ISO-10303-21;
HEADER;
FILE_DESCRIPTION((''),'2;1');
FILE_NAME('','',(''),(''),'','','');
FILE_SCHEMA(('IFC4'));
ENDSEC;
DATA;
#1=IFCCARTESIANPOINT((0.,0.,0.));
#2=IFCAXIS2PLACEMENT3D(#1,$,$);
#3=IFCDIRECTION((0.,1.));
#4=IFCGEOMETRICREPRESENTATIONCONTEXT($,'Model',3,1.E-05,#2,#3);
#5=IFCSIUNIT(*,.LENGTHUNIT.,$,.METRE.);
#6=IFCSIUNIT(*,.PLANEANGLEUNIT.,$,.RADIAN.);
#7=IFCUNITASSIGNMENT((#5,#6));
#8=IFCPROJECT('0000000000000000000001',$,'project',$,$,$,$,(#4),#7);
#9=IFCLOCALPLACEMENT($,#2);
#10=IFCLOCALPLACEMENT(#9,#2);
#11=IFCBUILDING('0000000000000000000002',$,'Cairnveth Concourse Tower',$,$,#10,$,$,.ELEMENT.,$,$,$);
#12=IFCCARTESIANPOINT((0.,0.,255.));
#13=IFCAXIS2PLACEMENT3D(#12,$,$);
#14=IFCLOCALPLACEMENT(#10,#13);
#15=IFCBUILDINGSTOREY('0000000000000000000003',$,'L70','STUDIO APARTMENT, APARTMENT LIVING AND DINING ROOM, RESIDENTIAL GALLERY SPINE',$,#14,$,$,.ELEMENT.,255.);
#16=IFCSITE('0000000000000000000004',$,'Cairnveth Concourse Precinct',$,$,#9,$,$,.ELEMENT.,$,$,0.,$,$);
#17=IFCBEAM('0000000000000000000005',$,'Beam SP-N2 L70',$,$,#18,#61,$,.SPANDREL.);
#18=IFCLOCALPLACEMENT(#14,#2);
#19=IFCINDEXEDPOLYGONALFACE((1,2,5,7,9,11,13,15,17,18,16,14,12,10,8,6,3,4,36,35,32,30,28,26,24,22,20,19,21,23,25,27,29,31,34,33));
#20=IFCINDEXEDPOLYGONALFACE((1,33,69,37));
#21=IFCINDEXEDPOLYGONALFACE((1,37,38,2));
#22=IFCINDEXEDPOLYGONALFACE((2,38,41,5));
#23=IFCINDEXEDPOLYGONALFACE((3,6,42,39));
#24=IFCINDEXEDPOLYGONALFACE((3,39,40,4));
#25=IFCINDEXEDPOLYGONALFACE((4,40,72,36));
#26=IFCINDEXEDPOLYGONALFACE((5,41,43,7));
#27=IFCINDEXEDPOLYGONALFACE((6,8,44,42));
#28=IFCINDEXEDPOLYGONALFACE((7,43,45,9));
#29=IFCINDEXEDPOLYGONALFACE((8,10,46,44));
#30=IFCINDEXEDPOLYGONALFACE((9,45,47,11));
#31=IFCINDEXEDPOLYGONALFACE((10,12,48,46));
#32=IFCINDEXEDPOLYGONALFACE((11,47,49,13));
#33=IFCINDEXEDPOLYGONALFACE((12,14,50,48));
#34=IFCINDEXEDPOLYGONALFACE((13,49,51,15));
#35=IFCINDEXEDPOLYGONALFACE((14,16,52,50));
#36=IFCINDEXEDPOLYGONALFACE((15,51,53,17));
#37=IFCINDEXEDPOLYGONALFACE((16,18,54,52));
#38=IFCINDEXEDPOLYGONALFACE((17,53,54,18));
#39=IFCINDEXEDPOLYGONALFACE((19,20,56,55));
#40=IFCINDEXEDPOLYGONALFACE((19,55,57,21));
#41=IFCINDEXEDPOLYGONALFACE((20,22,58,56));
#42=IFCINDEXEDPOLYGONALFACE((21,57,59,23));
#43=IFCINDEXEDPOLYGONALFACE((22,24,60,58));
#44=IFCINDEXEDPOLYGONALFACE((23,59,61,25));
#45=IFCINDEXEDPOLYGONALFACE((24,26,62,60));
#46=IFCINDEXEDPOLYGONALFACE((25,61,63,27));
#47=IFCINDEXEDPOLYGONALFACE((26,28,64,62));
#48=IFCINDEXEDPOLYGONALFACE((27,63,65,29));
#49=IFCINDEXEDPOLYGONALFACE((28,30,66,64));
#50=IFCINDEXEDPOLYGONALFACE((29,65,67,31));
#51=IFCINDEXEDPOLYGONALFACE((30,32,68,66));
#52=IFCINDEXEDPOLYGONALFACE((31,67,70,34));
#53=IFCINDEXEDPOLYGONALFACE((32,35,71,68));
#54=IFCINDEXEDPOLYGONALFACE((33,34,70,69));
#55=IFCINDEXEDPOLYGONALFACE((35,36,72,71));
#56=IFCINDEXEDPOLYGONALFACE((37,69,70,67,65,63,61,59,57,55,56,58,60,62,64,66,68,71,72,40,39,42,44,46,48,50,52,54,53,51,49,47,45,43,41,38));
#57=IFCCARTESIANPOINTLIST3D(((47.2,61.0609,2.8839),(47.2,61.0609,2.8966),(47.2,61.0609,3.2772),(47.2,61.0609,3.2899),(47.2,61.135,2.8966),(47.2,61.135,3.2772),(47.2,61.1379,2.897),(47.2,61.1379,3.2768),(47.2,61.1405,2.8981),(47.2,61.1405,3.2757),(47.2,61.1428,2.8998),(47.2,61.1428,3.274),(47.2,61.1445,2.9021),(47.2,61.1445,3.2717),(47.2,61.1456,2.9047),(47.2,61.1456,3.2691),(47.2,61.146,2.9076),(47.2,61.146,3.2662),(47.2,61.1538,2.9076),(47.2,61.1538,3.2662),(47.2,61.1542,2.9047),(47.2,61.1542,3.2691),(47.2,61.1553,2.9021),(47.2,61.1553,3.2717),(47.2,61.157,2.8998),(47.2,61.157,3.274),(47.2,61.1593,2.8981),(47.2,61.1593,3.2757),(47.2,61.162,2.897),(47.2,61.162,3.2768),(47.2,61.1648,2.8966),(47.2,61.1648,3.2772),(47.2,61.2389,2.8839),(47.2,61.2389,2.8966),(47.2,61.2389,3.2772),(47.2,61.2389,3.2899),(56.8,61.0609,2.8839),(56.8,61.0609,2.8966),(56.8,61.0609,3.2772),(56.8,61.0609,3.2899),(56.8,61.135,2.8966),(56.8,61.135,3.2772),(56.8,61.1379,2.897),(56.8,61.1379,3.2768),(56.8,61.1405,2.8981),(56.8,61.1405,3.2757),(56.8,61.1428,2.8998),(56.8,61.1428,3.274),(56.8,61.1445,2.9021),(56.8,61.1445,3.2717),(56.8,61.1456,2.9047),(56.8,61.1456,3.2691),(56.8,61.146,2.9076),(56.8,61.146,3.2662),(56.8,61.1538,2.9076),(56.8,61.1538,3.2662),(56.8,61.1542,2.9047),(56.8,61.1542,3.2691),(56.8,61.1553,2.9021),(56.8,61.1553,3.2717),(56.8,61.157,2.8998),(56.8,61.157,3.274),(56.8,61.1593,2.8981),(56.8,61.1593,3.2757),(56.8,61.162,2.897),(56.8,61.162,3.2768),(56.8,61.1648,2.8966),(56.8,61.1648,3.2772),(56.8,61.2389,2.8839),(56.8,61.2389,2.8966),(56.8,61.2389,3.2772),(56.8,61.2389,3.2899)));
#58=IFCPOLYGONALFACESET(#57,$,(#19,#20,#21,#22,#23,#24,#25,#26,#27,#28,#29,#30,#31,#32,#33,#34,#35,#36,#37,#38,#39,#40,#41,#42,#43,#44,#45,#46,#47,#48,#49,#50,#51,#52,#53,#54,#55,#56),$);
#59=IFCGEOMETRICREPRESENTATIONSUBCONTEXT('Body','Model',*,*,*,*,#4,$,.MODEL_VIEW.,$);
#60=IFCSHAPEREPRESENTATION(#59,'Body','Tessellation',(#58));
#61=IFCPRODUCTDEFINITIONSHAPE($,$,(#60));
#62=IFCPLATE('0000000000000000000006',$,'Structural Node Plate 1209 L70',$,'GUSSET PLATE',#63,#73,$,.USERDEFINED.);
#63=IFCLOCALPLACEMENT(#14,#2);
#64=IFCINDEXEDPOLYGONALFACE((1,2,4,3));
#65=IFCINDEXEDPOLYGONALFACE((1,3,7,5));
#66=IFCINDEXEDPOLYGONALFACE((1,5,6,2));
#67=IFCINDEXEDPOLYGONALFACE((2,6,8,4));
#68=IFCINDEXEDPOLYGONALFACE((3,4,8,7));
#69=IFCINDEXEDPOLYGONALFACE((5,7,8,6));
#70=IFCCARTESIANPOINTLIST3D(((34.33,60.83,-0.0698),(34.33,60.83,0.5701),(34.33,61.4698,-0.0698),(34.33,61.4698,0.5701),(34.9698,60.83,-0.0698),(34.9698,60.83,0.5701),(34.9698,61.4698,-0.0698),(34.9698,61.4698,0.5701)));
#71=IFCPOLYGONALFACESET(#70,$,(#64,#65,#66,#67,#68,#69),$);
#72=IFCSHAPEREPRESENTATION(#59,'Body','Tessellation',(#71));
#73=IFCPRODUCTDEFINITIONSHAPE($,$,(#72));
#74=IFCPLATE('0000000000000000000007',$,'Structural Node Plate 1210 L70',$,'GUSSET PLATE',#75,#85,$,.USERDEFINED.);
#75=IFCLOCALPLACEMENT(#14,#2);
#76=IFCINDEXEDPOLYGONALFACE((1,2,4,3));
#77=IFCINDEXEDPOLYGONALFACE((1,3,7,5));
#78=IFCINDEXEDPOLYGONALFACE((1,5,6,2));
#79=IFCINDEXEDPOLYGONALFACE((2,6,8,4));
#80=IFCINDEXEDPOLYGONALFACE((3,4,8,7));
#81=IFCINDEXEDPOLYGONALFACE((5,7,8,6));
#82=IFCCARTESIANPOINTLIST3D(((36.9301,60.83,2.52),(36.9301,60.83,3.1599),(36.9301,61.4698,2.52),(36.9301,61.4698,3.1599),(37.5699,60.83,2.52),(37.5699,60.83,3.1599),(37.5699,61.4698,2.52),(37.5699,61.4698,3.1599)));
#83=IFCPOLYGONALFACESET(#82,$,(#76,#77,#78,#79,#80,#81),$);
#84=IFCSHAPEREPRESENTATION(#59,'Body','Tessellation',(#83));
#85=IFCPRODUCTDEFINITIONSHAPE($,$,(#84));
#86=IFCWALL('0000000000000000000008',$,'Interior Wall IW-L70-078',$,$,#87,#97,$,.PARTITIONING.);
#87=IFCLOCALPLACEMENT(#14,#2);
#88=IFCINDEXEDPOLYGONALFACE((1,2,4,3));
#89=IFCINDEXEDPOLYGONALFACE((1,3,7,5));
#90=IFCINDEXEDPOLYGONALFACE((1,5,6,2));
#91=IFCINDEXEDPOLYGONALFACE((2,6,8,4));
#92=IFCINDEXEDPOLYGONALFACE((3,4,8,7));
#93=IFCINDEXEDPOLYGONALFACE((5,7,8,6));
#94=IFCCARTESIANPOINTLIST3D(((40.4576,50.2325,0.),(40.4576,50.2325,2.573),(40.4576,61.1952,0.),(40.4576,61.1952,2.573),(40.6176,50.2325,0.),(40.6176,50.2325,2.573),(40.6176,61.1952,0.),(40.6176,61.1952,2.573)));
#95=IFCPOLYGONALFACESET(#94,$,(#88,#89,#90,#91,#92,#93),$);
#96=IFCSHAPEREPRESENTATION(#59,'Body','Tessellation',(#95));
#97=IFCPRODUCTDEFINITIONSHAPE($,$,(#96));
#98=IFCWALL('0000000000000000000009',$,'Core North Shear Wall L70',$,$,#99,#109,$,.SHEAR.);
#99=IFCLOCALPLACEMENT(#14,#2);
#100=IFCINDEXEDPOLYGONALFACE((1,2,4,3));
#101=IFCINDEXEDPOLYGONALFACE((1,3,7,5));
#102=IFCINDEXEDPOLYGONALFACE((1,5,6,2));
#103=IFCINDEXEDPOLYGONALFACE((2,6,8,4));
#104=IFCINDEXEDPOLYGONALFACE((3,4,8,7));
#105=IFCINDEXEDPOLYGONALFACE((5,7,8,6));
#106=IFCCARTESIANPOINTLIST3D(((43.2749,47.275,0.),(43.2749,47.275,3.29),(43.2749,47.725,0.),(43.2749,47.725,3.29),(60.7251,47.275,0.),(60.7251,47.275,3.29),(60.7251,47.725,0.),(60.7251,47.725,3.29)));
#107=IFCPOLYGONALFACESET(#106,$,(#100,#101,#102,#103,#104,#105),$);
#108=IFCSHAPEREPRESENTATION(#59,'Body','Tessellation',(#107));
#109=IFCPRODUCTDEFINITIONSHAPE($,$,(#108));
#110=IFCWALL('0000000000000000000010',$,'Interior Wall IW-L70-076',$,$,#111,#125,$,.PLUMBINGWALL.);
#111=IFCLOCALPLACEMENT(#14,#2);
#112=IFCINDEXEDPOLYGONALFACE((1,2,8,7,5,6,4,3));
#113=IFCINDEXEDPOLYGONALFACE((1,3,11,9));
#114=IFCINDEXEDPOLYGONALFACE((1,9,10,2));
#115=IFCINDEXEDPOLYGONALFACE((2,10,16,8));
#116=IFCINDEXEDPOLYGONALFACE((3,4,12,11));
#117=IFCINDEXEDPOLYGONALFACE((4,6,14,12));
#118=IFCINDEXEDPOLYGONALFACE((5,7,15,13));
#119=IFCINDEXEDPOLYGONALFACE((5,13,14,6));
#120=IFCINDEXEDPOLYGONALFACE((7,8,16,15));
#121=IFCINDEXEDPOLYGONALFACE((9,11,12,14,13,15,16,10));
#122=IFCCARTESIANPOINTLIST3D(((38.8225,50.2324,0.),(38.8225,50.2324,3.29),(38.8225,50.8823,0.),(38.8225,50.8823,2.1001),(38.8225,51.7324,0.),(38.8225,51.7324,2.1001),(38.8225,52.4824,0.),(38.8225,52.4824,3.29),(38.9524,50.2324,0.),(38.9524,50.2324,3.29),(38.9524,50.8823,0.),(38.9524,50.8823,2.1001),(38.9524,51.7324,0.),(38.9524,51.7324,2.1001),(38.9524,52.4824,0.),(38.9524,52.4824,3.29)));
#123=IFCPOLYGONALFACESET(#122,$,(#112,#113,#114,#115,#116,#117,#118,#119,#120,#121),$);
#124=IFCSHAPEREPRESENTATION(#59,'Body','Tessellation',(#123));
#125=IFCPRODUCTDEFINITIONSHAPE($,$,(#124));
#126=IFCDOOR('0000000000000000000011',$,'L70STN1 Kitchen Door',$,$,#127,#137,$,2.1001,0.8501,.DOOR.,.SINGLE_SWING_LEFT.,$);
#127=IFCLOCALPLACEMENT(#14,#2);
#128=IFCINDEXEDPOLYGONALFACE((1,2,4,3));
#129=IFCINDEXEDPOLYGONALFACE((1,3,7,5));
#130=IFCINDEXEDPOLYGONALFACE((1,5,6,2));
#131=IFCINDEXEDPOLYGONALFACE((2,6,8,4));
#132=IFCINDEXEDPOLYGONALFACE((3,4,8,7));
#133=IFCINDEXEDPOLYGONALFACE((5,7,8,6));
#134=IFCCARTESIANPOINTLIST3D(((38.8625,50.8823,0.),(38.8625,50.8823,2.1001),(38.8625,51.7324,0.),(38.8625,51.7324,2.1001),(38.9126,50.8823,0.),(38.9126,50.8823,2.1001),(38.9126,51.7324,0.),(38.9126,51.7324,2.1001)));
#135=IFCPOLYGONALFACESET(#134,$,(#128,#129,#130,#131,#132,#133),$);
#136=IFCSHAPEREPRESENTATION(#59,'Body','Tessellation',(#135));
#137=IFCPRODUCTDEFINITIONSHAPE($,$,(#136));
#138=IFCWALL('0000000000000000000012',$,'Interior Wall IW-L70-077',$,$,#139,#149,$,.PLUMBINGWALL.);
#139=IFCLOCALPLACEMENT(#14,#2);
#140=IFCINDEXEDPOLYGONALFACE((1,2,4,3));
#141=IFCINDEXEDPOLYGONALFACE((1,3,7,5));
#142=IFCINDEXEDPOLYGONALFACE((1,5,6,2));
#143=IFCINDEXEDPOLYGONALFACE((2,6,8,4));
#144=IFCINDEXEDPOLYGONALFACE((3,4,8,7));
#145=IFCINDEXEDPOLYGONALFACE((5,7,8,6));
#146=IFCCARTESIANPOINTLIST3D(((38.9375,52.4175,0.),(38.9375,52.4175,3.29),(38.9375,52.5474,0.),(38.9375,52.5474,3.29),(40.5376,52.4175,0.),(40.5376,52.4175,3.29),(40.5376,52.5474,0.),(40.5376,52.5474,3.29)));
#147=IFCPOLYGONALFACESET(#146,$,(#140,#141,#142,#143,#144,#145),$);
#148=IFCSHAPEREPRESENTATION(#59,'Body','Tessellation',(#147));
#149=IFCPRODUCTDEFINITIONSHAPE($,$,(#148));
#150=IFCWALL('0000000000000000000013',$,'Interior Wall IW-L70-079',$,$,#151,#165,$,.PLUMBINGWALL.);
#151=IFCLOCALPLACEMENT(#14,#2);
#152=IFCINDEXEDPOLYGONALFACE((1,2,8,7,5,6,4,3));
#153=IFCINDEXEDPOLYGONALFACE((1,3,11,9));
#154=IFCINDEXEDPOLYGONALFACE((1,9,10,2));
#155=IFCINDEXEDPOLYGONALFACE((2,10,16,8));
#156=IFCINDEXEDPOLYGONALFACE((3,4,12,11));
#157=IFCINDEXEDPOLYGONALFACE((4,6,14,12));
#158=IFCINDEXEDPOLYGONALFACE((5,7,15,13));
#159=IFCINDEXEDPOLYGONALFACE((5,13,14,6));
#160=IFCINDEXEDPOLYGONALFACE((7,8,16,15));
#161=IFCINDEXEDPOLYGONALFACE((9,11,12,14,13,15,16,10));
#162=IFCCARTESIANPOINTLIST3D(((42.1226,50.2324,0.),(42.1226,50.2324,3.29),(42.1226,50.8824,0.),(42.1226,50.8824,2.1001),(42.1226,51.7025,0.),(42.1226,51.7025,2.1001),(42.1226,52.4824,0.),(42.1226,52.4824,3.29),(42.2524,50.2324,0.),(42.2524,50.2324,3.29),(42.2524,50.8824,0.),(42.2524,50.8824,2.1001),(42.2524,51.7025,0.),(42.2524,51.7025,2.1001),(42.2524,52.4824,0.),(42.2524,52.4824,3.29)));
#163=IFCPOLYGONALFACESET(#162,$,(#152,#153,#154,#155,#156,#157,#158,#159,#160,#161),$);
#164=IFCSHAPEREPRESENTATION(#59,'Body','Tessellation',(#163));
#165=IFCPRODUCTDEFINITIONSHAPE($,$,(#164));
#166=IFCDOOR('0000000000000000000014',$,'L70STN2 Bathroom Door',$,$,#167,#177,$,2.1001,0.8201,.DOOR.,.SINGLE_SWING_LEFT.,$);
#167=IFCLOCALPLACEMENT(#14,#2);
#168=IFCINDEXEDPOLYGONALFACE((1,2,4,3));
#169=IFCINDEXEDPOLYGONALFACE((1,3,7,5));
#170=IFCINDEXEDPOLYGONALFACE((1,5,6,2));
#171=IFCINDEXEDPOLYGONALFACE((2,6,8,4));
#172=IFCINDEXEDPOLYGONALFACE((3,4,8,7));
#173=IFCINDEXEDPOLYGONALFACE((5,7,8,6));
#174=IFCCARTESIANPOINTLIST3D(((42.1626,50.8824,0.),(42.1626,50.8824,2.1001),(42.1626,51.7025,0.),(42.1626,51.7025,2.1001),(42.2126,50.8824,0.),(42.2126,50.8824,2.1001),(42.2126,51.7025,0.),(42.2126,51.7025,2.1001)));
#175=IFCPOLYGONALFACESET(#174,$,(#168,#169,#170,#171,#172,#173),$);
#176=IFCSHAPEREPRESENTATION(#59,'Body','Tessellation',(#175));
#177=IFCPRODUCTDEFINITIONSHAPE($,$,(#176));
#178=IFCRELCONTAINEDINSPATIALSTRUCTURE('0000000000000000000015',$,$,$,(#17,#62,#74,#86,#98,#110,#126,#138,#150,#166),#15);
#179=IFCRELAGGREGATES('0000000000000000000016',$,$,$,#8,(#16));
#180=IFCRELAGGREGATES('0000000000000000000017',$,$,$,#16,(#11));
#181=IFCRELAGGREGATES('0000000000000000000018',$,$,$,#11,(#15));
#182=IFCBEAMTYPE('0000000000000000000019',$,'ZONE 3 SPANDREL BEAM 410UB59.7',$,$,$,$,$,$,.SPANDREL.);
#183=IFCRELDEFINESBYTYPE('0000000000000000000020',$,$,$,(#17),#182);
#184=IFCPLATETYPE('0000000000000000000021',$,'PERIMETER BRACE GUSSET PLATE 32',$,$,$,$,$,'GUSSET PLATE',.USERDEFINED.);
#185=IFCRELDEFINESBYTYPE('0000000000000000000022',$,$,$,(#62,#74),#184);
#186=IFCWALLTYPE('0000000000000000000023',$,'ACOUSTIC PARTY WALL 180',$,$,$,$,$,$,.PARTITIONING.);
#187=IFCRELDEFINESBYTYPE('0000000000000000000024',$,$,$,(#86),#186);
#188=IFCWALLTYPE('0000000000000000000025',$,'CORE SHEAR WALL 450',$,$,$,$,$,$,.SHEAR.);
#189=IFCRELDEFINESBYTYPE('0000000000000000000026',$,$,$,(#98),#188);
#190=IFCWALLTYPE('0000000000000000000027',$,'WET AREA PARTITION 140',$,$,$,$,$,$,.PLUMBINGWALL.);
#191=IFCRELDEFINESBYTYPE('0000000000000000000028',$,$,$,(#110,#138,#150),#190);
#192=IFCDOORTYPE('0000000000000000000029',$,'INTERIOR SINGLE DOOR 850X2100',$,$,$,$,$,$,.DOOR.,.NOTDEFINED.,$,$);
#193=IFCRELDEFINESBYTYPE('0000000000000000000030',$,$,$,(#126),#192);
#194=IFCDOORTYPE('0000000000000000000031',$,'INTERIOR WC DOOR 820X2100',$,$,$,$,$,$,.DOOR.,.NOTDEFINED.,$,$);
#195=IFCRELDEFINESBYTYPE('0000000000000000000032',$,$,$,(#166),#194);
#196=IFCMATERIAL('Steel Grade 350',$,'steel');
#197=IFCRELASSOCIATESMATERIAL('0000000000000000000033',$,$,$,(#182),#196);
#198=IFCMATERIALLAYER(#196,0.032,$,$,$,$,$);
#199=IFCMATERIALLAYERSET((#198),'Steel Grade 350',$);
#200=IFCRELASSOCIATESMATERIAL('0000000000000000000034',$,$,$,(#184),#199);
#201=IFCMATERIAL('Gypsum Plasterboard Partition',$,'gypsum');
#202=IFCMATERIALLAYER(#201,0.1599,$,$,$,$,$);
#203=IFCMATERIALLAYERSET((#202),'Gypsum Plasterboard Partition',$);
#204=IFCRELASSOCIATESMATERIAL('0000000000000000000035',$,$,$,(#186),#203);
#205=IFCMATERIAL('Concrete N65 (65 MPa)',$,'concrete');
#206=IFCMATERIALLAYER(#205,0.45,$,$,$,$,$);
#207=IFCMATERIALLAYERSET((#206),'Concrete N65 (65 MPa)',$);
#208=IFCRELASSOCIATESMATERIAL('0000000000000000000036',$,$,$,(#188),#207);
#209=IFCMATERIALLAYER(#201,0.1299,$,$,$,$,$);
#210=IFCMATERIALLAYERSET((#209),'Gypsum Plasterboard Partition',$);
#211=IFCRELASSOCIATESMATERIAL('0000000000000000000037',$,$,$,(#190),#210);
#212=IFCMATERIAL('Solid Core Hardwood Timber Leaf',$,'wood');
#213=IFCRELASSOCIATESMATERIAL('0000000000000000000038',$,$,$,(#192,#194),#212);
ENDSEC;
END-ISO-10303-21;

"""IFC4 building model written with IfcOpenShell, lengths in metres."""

from ifc_helpers import new_model, si_unit, direction, frame, frame_2d, origin, origin_2d, place, context, subcontext, project, spatial, rectangle, i_section, extrude, material, layer, layer_set, material_profile, profile_set, type_object, element, fill, save


model = new_model("IFC4")

# Units and contexts
model_context = context("Model", 3, precision=1e-05, world=origin(), true_north=direction((0.0, 1.0)))
body_context = subcontext(model_context, "Body", "Model", "MODEL_VIEW")
ifc_project = project(units=[si_unit("LENGTHUNIT", "METRE"), si_unit("PLANEANGLEUNIT", "RADIAN")], contexts=[model_context])

# Site, building, storey
site_placement = place(None, origin())
site = spatial("IfcSite", under=ifc_project, at=site_placement, Name="Cairnveth Concourse Precinct", CompositionType="ELEMENT", RefElevation=0.0)
building_placement = place(site_placement, origin())
building = spatial("IfcBuilding", under=site, at=building_placement, Name="Cairnveth Concourse Tower", CompositionType="ELEMENT")
storey_placement = place(building_placement, frame((0.0, 0.0, 255.0)))
storey = spatial("IfcBuildingStorey", under=building, at=storey_placement, Name="L70", Description="STUDIO APARTMENT, APARTMENT LIVING AND DINING ROOM, RESIDENTIAL GALLERY SPINE", CompositionType="ELEMENT", Elevation=255.0)

# Shared definitions
ifc_material_1 = material(Name="Concrete N65 (65 MPa)", Category="concrete")

# Shared definitions
ifc_material_2 = material(Name="Steel Grade 350", Category="steel")

# Beam
ifc_material_profile_1 = material_profile(ifc_material_2, i_section(OverallWidth=0.178, OverallDepth=0.406, WebThickness=0.0078, FlangeThickness=0.0127, FilletRadius=0.011, at=origin_2d()), Name="410UB59.7")
ifc_profile_set_1 = profile_set([ifc_material_profile_1], Name="Steel Grade 350")
beam_type_1 = type_object("IfcBeamType", Name="ZONE 3 SPANDREL BEAM 410UB59.7", PredefinedType="SPANDREL", material=ifc_profile_set_1)
beam_1_placement = place(storey_placement, frame((47.2, 61.1499, 3.0869), z_axis=(1.0, 0.0, 0.0), x_axis=(0.0, 1.0, 0.0)))
element("IfcBeam", 1, at=beam_1_placement, inside=storey, type_object=beam_type_1, Name="Beam SP-N2 L70", PredefinedType="SPANDREL", context=body_context, shape_type="SweptSolid", body=[
    extrude(i_section(OverallWidth=0.178, OverallDepth=0.406, WebThickness=0.0078, FlangeThickness=0.0127, FilletRadius=0.011, at=origin_2d()), origin(), (0.0, 0.0, 1.0), 9.6001),
])

# Plates
ifc_layer_1 = layer(ifc_material_2, 0.032)
ifc_layer_set_1 = layer_set([ifc_layer_1], Name="Steel Grade 350")
plate_type = type_object("IfcPlateType", Name="PERIMETER BRACE GUSSET PLATE 32", ElementType="GUSSET PLATE", PredefinedType="USERDEFINED", material=ifc_layer_set_1)
for number, where, z_axis, x_axis, name in (
    (2, (34.6499, 61.1499, -0.0698), (0.0, 0.0, 1.0), (1.0, 0.0, 0.0), "Structural Node Plate 1209 L70"),
    (3, (37.25, 61.1499, 2.52), (0.0, 0.0, 1.0), (1.0, 0.0, 0.0), "Structural Node Plate 1210 L70"),
):
    element("IfcPlate", number, at=place(storey_placement, frame(where, z_axis=z_axis, x_axis=x_axis)), inside=storey, type_object=plate_type, Name=name, ObjectType="GUSSET PLATE", PredefinedType="USERDEFINED", context=body_context, shape_type="SweptSolid", body=[
        extrude(rectangle(XDim=0.6399, YDim=0.6399, at=origin_2d()), origin(), (0.0, 0.0, 1.0), 0.6399),
    ])

# Walls
ifc_material_3 = material(Name="Gypsum Plasterboard Partition", Category="gypsum")
ifc_layer_2 = layer(ifc_material_3, 0.1599)
ifc_layer_set_2 = layer_set([ifc_layer_2], Name="Gypsum Plasterboard Partition")
wall_type_1 = type_object("IfcWallType", Name="ACOUSTIC PARTY WALL 180", PredefinedType="PARTITIONING", material=ifc_layer_set_2)
wall_1_placement = place(storey_placement, frame((40.5376, 50.2324, 0.0), z_axis=(0.0, 0.0, 1.0), x_axis=(0.0, 1.0, 0.0)))
element("IfcWall", 4, at=wall_1_placement, inside=storey, type_object=wall_type_1, Name="Interior Wall IW-L70-078", PredefinedType="PARTITIONING", context=body_context, shape_type="SweptSolid", body=[
    extrude(rectangle(XDim=10.9626, YDim=0.1599, at=frame_2d((5.4814, 0.0))), origin(), (0.0, 0.0, 1.0), 2.573),
])
ifc_layer_3 = layer(ifc_material_1, 0.45)
ifc_layer_set_3 = layer_set([ifc_layer_3], Name="Concrete N65 (65 MPa)")
wall_type_2 = type_object("IfcWallType", Name="CORE SHEAR WALL 450", PredefinedType="SHEAR", material=ifc_layer_set_3)
wall_2_placement = place(storey_placement, frame((43.2749, 47.5, 0.0), z_axis=(0.0, 0.0, 1.0), x_axis=(1.0, 0.0, 0.0)))
element("IfcWall", 5, at=wall_2_placement, inside=storey, type_object=wall_type_2, Name="Core North Shear Wall L70", PredefinedType="SHEAR", context=body_context, shape_type="SweptSolid", body=[
    extrude(rectangle(XDim=17.4502, YDim=0.45, at=frame_2d((8.7251, 0.0))), origin(), (0.0, 0.0, 1.0), 3.29),
])

# Wall, opening, door
ifc_layer_4 = layer(ifc_material_3, 0.1299)
ifc_layer_set_4 = layer_set([ifc_layer_4], Name="Gypsum Plasterboard Partition")
wall_type_3 = type_object("IfcWallType", Name="WET AREA PARTITION 140", PredefinedType="PLUMBINGWALL", material=ifc_layer_set_4)
wall_3_placement = place(storey_placement, frame((38.8875, 50.2324, 0.0), z_axis=(0.0, 0.0, 1.0), x_axis=(0.0, 1.0, 0.0)))
wall_3 = element("IfcWall", 6, at=wall_3_placement, inside=storey, type_object=wall_type_3, Name="Interior Wall IW-L70-076", PredefinedType="PLUMBINGWALL", context=body_context, shape_type="SweptSolid", body=[
    extrude(rectangle(XDim=2.25, YDim=0.1299, at=frame_2d((1.125, 0.0))), origin(), (0.0, 0.0, 1.0), 3.29),
])
opening_1_placement = place(wall_3_placement, frame((0.6499, 0.0, 0.0)))
opening_1 = element("IfcOpeningElement", 7, at=opening_1_placement, cuts=wall_3, PredefinedType="OPENING", context=body_context, shape_type="SweptSolid", body=[
    extrude(rectangle(XDim=0.8501, YDim=2.1001, at=frame_2d((0.425, 1.05))), frame((0.0, 0.075, 0.0), z_axis=(0.0, -1.0, 0.0), x_axis=(1.0, 0.0, 0.0)), (0.0, 0.0, 1.0), 0.1499),
])
ifc_material_4 = material(Name="Solid Core Hardwood Timber Leaf", Category="wood")
door_type_1 = type_object("IfcDoorType", Name="INTERIOR SINGLE DOOR 850X2100", OperationType="NOTDEFINED", PredefinedType="DOOR", material=ifc_material_4)
door_1_placement = place(opening_1_placement, origin())
door_1 = element("IfcDoor", 8, at=door_1_placement, inside=storey, type_object=door_type_1, Name="L70STN1 Kitchen Door", OperationType="SINGLE_SWING_LEFT", OverallHeight=2.1001, OverallWidth=0.8501, PredefinedType="DOOR", context=body_context, shape_type="SweptSolid", body=[
    extrude(rectangle(XDim=0.8501, YDim=2.1001, at=frame_2d((0.425, 1.05))), frame((0.0, 0.0249, 0.0), z_axis=(0.0, -1.0, 0.0), x_axis=(1.0, 0.0, 0.0)), (0.0, 0.0, 1.0), 0.05),
])
fill(opening_1, door_1)

# Wall
wall_4_placement = place(storey_placement, frame((38.9375, 52.4824, 0.0), z_axis=(0.0, 0.0, 1.0), x_axis=(1.0, 0.0, 0.0)))
element("IfcWall", 9, at=wall_4_placement, inside=storey, type_object=wall_type_3, Name="Interior Wall IW-L70-077", PredefinedType="PLUMBINGWALL", context=body_context, shape_type="SweptSolid", body=[
    extrude(rectangle(XDim=1.6001, YDim=0.1299, at=frame_2d((0.8, 0.0))), origin(), (0.0, 0.0, 1.0), 3.29),
])

# Wall, opening, door
wall_5_placement = place(storey_placement, frame((42.1875, 50.2324, 0.0), z_axis=(0.0, 0.0, 1.0), x_axis=(0.0, 1.0, 0.0)))
wall_5 = element("IfcWall", 10, at=wall_5_placement, inside=storey, type_object=wall_type_3, Name="Interior Wall IW-L70-079", PredefinedType="PLUMBINGWALL", context=body_context, shape_type="SweptSolid", body=[
    extrude(rectangle(XDim=2.25, YDim=0.1299, at=frame_2d((1.125, 0.0))), origin(), (0.0, 0.0, 1.0), 3.29),
])
opening_2_placement = place(wall_5_placement, frame((0.6499, 0.0, 0.0)))
opening_2 = element("IfcOpeningElement", 11, at=opening_2_placement, cuts=wall_5, PredefinedType="OPENING", context=body_context, shape_type="SweptSolid", body=[
    extrude(rectangle(XDim=0.8201, YDim=2.1001, at=frame_2d((0.4102, 1.05))), frame((0.0, 0.075, 0.0), z_axis=(0.0, -1.0, 0.0), x_axis=(1.0, 0.0, 0.0)), (0.0, 0.0, 1.0), 0.1499),
])
door_type_2 = type_object("IfcDoorType", Name="INTERIOR WC DOOR 820X2100", OperationType="NOTDEFINED", PredefinedType="DOOR", material=ifc_material_4)
door_2_placement = place(opening_2_placement, origin())
door_2 = element("IfcDoor", 12, at=door_2_placement, inside=storey, type_object=door_type_2, Name="L70STN2 Bathroom Door", OperationType="SINGLE_SWING_LEFT", OverallHeight=2.1001, OverallWidth=0.8201, PredefinedType="DOOR", context=body_context, shape_type="SweptSolid", body=[
    extrude(rectangle(XDim=0.8201, YDim=2.1001, at=frame_2d((0.4102, 1.05))), frame((0.0, 0.0249, 0.0), z_axis=(0.0, -1.0, 0.0), x_axis=(1.0, 0.0, 0.0)), (0.0, 0.0, 1.0), 0.05),
])
fill(opening_2, door_2)

save(model, "model.ifc")
